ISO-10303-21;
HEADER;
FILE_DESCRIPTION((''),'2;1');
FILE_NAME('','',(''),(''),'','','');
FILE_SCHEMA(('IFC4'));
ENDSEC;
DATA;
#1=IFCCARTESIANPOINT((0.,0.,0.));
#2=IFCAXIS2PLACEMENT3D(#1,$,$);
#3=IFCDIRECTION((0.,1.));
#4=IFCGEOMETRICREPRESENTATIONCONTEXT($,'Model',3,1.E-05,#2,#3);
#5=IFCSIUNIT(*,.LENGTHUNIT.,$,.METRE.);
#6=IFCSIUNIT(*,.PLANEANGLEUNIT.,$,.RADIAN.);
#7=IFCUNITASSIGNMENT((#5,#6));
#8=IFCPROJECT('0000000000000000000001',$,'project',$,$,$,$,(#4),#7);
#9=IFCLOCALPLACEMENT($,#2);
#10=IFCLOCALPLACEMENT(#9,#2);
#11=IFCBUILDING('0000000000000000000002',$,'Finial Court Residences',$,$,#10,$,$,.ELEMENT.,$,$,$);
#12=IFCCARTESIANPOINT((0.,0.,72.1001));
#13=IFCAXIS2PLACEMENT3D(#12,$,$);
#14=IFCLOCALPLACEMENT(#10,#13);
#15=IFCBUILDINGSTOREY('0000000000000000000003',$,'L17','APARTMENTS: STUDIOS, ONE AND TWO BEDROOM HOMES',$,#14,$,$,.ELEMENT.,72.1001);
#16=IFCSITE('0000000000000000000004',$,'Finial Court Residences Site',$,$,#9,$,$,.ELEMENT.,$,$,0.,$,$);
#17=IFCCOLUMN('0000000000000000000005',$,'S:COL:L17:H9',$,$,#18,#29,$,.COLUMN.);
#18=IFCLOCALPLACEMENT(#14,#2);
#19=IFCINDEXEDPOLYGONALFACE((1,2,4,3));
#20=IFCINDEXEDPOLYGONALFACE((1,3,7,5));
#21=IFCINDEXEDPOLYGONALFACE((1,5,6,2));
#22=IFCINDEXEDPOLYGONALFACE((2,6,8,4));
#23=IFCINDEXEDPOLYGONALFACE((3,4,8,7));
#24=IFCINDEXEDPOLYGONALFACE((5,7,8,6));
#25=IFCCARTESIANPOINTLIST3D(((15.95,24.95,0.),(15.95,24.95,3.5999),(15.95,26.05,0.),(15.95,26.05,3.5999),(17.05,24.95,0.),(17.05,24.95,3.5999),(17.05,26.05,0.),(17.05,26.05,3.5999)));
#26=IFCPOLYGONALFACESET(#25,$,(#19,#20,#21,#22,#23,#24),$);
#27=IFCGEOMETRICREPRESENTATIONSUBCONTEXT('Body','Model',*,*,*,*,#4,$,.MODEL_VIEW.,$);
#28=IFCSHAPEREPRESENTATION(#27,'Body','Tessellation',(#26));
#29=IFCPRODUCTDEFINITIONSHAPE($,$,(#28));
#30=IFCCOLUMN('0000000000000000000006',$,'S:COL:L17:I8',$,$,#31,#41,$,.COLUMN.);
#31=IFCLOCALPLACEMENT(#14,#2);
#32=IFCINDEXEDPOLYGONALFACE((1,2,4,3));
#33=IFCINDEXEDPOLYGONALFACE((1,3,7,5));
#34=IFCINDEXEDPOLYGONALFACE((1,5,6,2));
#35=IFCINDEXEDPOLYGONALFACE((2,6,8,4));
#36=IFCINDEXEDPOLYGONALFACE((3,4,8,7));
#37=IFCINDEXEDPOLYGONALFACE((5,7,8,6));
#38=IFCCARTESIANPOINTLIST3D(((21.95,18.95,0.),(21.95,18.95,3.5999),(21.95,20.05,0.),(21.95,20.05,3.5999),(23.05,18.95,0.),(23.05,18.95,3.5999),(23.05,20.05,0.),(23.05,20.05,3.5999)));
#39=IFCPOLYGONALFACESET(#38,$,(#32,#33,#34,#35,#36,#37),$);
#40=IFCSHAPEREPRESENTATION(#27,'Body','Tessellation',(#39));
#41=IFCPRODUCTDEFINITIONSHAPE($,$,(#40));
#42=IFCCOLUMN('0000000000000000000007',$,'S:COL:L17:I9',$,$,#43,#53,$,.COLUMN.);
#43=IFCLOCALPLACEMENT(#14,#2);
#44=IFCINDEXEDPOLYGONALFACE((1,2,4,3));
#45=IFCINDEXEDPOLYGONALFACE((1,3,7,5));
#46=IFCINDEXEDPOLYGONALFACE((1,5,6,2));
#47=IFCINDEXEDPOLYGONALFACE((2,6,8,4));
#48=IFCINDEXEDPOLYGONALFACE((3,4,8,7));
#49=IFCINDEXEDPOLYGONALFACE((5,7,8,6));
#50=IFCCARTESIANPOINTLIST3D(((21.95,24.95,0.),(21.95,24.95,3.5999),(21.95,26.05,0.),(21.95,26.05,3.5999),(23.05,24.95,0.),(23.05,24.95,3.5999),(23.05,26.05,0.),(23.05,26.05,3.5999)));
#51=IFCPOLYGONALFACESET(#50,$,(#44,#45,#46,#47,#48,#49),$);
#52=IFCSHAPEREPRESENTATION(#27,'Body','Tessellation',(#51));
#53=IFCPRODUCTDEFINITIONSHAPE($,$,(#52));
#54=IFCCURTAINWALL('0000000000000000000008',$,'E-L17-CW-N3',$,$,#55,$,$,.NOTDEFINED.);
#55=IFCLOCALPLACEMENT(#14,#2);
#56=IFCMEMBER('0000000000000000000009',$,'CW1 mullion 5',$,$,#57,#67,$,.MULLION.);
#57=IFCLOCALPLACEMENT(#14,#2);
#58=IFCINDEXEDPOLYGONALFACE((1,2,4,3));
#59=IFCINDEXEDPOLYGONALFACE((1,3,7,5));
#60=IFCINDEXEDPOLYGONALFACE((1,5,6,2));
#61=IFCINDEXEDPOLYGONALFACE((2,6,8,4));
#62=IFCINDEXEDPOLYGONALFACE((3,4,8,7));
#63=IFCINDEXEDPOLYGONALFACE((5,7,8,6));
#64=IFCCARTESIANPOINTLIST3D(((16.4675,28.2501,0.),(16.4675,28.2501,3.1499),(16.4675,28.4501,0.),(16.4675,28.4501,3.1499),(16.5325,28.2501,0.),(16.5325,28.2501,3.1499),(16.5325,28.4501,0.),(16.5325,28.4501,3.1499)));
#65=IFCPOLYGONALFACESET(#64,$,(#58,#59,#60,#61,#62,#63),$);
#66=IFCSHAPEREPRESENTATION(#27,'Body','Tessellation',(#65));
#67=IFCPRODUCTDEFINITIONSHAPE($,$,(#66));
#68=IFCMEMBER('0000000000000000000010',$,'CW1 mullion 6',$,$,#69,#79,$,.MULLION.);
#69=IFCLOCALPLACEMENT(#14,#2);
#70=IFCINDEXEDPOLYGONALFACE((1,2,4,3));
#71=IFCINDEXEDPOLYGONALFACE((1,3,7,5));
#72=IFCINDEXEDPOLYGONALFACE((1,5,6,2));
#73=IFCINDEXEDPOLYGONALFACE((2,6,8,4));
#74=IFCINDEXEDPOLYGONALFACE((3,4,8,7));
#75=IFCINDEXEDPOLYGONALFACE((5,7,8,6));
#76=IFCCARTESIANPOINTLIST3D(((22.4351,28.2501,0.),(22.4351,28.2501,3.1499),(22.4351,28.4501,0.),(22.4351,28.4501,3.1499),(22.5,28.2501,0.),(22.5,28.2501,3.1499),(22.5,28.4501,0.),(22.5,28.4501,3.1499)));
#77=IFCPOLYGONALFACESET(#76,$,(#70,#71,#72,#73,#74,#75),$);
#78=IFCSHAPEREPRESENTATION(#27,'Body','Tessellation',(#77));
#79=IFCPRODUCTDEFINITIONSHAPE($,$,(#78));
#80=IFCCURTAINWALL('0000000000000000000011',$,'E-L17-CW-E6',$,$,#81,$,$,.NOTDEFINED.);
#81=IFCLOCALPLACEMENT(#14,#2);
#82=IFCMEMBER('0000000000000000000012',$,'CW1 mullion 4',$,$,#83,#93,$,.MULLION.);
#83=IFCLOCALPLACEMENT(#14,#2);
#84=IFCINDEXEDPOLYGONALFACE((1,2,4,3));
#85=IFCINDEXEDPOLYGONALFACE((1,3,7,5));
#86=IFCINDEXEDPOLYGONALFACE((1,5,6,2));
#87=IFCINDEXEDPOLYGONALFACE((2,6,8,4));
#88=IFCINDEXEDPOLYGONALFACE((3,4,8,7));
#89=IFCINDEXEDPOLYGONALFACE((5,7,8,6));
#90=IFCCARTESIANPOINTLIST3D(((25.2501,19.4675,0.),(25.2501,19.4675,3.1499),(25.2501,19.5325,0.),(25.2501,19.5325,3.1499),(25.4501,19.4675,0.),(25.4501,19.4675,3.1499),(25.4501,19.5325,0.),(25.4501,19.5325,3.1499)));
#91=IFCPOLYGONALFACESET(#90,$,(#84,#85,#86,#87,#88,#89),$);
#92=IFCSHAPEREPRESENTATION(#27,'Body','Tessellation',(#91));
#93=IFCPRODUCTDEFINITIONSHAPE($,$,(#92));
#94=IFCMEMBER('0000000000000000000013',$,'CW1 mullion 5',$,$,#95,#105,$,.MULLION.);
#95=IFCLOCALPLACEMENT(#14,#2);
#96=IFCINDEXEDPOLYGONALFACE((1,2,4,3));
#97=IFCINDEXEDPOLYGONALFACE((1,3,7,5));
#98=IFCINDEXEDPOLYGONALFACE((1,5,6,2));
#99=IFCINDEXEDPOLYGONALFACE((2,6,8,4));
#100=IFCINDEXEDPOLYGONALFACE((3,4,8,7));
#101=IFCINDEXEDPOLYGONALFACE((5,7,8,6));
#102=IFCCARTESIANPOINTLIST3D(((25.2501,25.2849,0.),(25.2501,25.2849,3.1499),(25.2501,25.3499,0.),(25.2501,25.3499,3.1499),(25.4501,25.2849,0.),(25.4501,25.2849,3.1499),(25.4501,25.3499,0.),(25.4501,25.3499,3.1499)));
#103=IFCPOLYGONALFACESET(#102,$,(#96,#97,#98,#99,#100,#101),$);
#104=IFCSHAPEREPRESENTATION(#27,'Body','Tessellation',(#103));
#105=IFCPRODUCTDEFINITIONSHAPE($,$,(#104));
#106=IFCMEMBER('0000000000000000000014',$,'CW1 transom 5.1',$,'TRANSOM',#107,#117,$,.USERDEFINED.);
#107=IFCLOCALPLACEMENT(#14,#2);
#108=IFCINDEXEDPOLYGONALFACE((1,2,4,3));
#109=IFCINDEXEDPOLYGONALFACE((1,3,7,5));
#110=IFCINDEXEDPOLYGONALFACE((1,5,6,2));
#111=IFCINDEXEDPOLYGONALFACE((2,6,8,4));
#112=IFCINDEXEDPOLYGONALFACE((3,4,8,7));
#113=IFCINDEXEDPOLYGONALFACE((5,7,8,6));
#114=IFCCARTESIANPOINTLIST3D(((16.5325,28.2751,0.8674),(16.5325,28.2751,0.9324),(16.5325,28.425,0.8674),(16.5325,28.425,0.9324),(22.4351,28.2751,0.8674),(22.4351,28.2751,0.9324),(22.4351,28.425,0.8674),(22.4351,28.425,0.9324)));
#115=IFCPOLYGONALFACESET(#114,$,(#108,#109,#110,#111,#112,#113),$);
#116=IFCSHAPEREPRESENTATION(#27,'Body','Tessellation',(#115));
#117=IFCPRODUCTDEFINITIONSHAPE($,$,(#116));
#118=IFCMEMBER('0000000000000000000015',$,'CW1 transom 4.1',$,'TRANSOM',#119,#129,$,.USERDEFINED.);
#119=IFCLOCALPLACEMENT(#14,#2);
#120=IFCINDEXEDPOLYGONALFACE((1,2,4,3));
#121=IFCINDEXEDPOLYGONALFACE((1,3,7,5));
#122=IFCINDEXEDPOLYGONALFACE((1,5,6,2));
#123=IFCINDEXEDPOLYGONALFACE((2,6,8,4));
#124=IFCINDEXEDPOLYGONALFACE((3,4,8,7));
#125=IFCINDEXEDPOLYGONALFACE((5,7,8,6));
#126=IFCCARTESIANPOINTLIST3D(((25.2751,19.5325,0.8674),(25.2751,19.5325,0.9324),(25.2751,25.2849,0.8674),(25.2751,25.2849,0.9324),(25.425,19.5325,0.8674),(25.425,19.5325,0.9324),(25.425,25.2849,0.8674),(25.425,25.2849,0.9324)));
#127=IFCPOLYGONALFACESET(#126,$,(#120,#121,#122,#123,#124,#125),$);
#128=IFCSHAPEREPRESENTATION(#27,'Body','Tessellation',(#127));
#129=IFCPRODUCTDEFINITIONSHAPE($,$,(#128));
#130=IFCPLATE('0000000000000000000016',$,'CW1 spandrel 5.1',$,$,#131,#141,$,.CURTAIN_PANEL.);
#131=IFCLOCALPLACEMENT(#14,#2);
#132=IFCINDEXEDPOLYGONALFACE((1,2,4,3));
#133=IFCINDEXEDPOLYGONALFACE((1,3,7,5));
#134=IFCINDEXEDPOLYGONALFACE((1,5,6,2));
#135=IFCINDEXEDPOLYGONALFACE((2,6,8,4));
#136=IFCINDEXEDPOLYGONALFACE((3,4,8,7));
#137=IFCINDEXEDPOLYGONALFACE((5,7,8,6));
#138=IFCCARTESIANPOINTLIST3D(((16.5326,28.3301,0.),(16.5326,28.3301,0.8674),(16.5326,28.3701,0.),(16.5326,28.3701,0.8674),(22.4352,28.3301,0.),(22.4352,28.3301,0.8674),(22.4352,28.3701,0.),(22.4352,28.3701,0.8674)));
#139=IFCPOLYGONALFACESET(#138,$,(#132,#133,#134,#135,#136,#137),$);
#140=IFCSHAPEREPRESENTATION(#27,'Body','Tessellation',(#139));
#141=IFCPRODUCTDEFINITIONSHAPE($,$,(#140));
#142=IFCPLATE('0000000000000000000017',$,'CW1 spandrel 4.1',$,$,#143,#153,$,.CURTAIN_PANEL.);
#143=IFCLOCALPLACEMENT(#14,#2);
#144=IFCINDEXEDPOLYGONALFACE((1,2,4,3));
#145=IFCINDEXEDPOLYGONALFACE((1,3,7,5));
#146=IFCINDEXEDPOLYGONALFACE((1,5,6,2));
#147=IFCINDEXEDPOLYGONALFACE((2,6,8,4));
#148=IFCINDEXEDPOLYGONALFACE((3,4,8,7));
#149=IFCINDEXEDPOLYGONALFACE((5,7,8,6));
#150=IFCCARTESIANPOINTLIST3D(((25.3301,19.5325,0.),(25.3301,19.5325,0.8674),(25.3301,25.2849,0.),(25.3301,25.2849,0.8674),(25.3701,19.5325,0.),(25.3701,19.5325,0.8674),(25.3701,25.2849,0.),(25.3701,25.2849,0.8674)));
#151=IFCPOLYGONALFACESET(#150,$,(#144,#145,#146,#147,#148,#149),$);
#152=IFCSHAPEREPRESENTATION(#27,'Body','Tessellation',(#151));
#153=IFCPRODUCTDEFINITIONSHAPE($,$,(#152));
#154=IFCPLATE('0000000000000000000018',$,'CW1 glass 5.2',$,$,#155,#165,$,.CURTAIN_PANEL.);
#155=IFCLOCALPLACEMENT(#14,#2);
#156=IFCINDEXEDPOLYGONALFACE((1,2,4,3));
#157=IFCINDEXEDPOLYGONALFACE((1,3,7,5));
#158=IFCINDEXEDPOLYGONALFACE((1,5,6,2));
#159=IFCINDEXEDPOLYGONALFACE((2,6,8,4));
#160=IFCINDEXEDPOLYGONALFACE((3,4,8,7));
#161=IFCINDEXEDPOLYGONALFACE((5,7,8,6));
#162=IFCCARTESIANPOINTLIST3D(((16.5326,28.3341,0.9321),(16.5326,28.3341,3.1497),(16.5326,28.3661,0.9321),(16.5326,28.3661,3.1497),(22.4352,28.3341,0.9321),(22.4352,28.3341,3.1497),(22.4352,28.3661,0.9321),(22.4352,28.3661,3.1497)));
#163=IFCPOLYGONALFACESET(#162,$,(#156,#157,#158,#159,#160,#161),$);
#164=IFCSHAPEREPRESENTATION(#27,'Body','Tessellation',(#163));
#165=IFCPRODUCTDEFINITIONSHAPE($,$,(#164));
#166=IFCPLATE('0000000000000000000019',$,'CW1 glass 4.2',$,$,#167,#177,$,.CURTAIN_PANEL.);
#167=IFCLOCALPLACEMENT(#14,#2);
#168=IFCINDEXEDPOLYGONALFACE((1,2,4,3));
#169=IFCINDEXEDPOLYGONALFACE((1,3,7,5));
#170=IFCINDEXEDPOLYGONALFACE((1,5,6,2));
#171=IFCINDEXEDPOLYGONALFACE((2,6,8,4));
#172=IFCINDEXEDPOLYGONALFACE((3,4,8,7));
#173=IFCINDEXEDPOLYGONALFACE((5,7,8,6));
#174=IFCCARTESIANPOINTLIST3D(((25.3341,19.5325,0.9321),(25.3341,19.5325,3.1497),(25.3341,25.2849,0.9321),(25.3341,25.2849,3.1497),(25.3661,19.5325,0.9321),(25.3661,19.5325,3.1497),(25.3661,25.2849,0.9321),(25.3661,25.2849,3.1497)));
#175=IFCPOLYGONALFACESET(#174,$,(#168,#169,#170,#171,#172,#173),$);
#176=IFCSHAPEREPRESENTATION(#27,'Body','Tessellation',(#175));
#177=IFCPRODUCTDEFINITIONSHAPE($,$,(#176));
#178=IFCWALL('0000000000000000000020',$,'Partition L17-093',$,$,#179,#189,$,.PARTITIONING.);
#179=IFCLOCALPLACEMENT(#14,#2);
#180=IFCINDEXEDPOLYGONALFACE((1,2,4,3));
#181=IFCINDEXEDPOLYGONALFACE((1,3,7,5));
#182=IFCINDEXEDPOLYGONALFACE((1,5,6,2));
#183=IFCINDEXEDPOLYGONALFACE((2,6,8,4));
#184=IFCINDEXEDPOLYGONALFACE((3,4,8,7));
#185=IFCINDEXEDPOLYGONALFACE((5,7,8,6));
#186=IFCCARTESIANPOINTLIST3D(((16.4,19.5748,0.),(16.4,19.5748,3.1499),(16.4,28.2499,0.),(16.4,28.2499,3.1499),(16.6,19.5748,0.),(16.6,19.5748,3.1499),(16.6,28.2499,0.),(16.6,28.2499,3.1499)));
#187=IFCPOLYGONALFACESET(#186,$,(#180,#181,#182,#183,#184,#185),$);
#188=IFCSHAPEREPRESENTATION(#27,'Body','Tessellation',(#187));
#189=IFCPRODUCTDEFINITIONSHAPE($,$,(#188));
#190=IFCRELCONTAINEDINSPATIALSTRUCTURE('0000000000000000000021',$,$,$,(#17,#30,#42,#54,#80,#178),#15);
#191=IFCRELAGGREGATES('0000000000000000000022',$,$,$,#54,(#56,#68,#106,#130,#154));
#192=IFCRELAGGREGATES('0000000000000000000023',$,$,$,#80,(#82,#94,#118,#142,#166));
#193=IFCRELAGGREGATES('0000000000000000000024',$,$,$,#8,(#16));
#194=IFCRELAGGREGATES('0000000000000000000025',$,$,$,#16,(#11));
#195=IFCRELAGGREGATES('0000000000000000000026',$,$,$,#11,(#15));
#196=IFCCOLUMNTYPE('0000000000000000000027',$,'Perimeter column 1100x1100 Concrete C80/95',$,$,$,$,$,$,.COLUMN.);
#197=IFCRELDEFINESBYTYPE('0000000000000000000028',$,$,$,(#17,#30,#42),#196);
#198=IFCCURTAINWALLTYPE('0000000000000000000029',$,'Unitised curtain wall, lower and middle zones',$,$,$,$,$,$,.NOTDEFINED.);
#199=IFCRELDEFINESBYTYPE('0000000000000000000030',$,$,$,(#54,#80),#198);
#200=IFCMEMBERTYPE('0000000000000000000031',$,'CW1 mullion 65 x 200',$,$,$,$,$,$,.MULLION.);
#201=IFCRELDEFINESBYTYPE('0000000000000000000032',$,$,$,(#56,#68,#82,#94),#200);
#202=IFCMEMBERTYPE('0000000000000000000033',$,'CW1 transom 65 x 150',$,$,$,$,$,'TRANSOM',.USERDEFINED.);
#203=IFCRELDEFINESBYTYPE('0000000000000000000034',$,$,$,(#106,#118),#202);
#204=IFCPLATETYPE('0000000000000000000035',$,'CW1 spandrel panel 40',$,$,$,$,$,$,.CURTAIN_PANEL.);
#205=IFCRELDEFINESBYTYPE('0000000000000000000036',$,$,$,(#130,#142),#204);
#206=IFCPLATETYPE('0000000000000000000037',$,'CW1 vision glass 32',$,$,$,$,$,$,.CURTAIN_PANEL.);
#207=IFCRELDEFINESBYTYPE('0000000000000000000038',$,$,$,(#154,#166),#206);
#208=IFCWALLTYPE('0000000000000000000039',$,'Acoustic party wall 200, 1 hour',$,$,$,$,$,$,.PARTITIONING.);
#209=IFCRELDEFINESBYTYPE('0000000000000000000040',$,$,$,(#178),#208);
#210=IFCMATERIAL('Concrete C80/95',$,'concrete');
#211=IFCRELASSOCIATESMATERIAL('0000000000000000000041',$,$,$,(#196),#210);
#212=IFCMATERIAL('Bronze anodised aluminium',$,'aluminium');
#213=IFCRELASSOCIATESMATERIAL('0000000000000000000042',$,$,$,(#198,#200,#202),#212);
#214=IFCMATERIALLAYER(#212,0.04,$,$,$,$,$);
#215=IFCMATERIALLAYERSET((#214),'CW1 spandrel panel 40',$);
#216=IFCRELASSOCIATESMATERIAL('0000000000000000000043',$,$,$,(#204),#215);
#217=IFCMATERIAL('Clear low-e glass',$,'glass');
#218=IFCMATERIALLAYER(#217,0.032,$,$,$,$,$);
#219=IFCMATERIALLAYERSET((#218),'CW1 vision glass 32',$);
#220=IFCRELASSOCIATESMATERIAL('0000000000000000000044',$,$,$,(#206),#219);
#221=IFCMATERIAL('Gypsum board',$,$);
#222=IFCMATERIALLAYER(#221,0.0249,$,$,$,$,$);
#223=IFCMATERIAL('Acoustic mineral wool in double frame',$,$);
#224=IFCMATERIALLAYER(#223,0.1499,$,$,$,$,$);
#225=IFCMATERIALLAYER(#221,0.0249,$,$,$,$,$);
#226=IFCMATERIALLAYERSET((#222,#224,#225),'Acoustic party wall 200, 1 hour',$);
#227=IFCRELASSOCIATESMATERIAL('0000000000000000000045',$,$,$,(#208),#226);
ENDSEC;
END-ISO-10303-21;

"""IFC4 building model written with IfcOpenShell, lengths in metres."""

from ifc_helpers import new_model, si_unit, direction, frame, frame_2d, origin, origin_2d, place, context, subcontext, project, spatial, rectangle, extrude, material, layer, layer_set, material_profile, profile_set, type_object, element, aggregate, save


model = new_model("IFC4")

# Units and contexts
model_context = context("Model", 3, precision=1e-05, world=origin(), true_north=direction((0.0, 1.0)))
body_context = subcontext(model_context, "Body", "Model", "MODEL_VIEW")
ifc_project = project(units=[si_unit("LENGTHUNIT", "METRE"), si_unit("PLANEANGLEUNIT", "RADIAN")], contexts=[model_context])

# Site, building, storey
site_placement = place(None, origin())
site = spatial("IfcSite", under=ifc_project, at=site_placement, Name="Finial Court Residences Site", CompositionType="ELEMENT", RefElevation=0.0)
building_placement = place(site_placement, origin())
building = spatial("IfcBuilding", under=site, at=building_placement, Name="Finial Court Residences", CompositionType="ELEMENT")
storey_placement = place(building_placement, frame((0.0, 0.0, 72.1001)))
storey = spatial("IfcBuildingStorey", under=building, at=storey_placement, Name="L17", Description="APARTMENTS: STUDIOS, ONE AND TWO BEDROOM HOMES", CompositionType="ELEMENT", Elevation=72.1001)

# Columns
ifc_material_1 = material(Name="Concrete C80/95", Category="concrete")
ifc_material_profile_1 = material_profile(ifc_material_1, rectangle(XDim=1.1001, YDim=1.1001, at=origin_2d()), Name="1100x1100")
ifc_profile_set_1 = profile_set([ifc_material_profile_1], Name="Concrete C80/95")
column_type = type_object("IfcColumnType", Name="Perimeter column 1100x1100 Concrete C80/95", PredefinedType="COLUMN", material=ifc_profile_set_1)
for number, where, z_axis, x_axis, name in (
    (1, (16.5, 25.5, 0.0), (0.0, 0.0, 1.0), (1.0, 0.0, 0.0), "S:COL:L17:H9"),
    (2, (22.5, 19.5, 0.0), (0.0, 0.0, 1.0), (1.0, 0.0, 0.0), "S:COL:L17:I8"),
    (3, (22.5, 25.5, 0.0), (0.0, 0.0, 1.0), (1.0, 0.0, 0.0), "S:COL:L17:I9"),
):
    element("IfcColumn", number, at=place(storey_placement, frame(where, z_axis=z_axis, x_axis=x_axis)), inside=storey, type_object=column_type, Name=name, PredefinedType="COLUMN", context=body_context, shape_type="SweptSolid", body=[
        extrude(rectangle(XDim=1.1001, YDim=1.1001, at=origin_2d()), origin(), (0.0, 0.0, 1.0), 3.5999),
    ])

# Curtain walls, members
ifc_material_2 = material(Name="Bronze anodised aluminium", Category="aluminium")
curtain_wall_type = type_object("IfcCurtainWallType", Name="Unitised curtain wall, lower and middle zones", PredefinedType="NOTDEFINED", material=ifc_material_2)
curtain_wall_1_placement = place(storey_placement, origin())
curtain_wall_1 = element("IfcCurtainWall", 4, at=curtain_wall_1_placement, inside=storey, type_object=curtain_wall_type, Name="E-L17-CW-N3", PredefinedType="NOTDEFINED")
ifc_material_profile_2 = material_profile(ifc_material_2, rectangle(XDim=0.2, YDim=0.0649, at=origin_2d()), Name="CW1 mullion 65 x 200")
ifc_profile_set_2 = profile_set([ifc_material_profile_2], Name="Bronze anodised aluminium")
member_type_1 = type_object("IfcMemberType", Name="CW1 mullion 65 x 200", PredefinedType="MULLION", material=ifc_profile_set_2)
member_1_placement = place(storey_placement, frame((16.5, 28.3501, 0.0), z_axis=(0.0, 0.0, 1.0), x_axis=(0.0, 1.0, 0.0)))
member_1 = element("IfcMember", 5, at=member_1_placement, type_object=member_type_1, Name="CW1 mullion 5", PredefinedType="MULLION", context=body_context, shape_type="SweptSolid", body=[
    extrude(rectangle(XDim=0.2, YDim=0.0649, at=origin_2d()), origin(), (0.0, 0.0, 1.0), 3.1499),
])
member_2_placement = place(storey_placement, frame((22.4675, 28.3501, 0.0), z_axis=(0.0, 0.0, 1.0), x_axis=(0.0, 1.0, 0.0)))
member_2 = element("IfcMember", 6, at=member_2_placement, type_object=member_type_1, Name="CW1 mullion 6", PredefinedType="MULLION", context=body_context, shape_type="SweptSolid", body=[
    extrude(rectangle(XDim=0.2, YDim=0.0649, at=origin_2d()), origin(), (0.0, 0.0, 1.0), 3.1499),
])
curtain_wall_2_placement = place(storey_placement, origin())
curtain_wall_2 = element("IfcCurtainWall", 7, at=curtain_wall_2_placement, inside=storey, type_object=curtain_wall_type, Name="E-L17-CW-E6", PredefinedType="NOTDEFINED")
member_3_placement = place(storey_placement, frame((25.3501, 19.5, 0.0), z_axis=(0.0, 0.0, 1.0), x_axis=(-1.0, 0.0, 0.0)))
member_3 = element("IfcMember", 8, at=member_3_placement, type_object=member_type_1, Name="CW1 mullion 4", PredefinedType="MULLION", context=body_context, shape_type="SweptSolid", body=[
    extrude(rectangle(XDim=0.2, YDim=0.0649, at=origin_2d()), origin(), (0.0, 0.0, 1.0), 3.1499),
])
member_4_placement = place(storey_placement, frame((25.3501, 25.3174, 0.0), z_axis=(0.0, 0.0, 1.0), x_axis=(-1.0, 0.0, 0.0)))
member_4 = element("IfcMember", 9, at=member_4_placement, type_object=member_type_1, Name="CW1 mullion 5", PredefinedType="MULLION", context=body_context, shape_type="SweptSolid", body=[
    extrude(rectangle(XDim=0.2, YDim=0.0649, at=origin_2d()), origin(), (0.0, 0.0, 1.0), 3.1499),
])

# Members
ifc_material_profile_3 = material_profile(ifc_material_2, rectangle(XDim=0.1499, YDim=0.0649, at=origin_2d()), Name="CW1 transom 65 x 150")
ifc_profile_set_3 = profile_set([ifc_material_profile_3], Name="Bronze anodised aluminium")
member_type_2 = type_object("IfcMemberType", Name="CW1 transom 65 x 150", ElementType="TRANSOM", PredefinedType="USERDEFINED", material=ifc_profile_set_3)
member_5_placement = place(storey_placement, frame((16.5325, 28.3501, 0.8999), z_axis=(1.0, 0.0, 0.0), x_axis=(0.0, 1.0, 0.0)))
member_5 = element("IfcMember", 10, at=member_5_placement, type_object=member_type_2, Name="CW1 transom 5.1", ObjectType="TRANSOM", PredefinedType="USERDEFINED", context=body_context, shape_type="SweptSolid", body=[
    extrude(rectangle(XDim=0.1499, YDim=0.0649, at=origin_2d()), origin(), (0.0, 0.0, 1.0), 5.9026),
])
member_6_placement = place(storey_placement, frame((25.3501, 19.5325, 0.8999), z_axis=(0.0, 1.0, 0.0), x_axis=(-1.0, 0.0, 0.0)))
member_6 = element("IfcMember", 11, at=member_6_placement, type_object=member_type_2, Name="CW1 transom 4.1", ObjectType="TRANSOM", PredefinedType="USERDEFINED", context=body_context, shape_type="SweptSolid", body=[
    extrude(rectangle(XDim=0.1499, YDim=0.0649, at=origin_2d()), origin(), (0.0, 0.0, 1.0), 5.7524),
])

# Plates
ifc_layer_1 = layer(ifc_material_2, 0.04)
ifc_layer_set_1 = layer_set([ifc_layer_1], Name="CW1 spandrel panel 40")
plate_type_1 = type_object("IfcPlateType", Name="CW1 spandrel panel 40", PredefinedType="CURTAIN_PANEL", material=ifc_layer_set_1)
plate_1_placement = place(storey_placement, frame((19.4839, 28.3501, 0.0), z_axis=(0.0, 0.0, 1.0), x_axis=(1.0, 0.0, 0.0)))
plate_1 = element("IfcPlate", 12, at=plate_1_placement, type_object=plate_type_1, Name="CW1 spandrel 5.1", PredefinedType="CURTAIN_PANEL", context=body_context, shape_type="SweptSolid", body=[
    extrude(rectangle(XDim=5.9026, YDim=0.04, at=origin_2d()), origin(), (0.0, 0.0, 1.0), 0.8674),
])
plate_2_placement = place(storey_placement, frame((25.3501, 22.4087, 0.0), z_axis=(0.0, 0.0, 1.0), x_axis=(0.0, 1.0, 0.0)))
plate_2 = element("IfcPlate", 13, at=plate_2_placement, type_object=plate_type_1, Name="CW1 spandrel 4.1", PredefinedType="CURTAIN_PANEL", context=body_context, shape_type="SweptSolid", body=[
    extrude(rectangle(XDim=5.7524, YDim=0.04, at=origin_2d()), origin(), (0.0, 0.0, 1.0), 0.8674),
])
ifc_material_3 = material(Name="Clear low-e glass", Category="glass")
ifc_layer_2 = layer(ifc_material_3, 0.032)
ifc_layer_set_2 = layer_set([ifc_layer_2], Name="CW1 vision glass 32")
plate_type_2 = type_object("IfcPlateType", Name="CW1 vision glass 32", PredefinedType="CURTAIN_PANEL", material=ifc_layer_set_2)
plate_3_placement = place(storey_placement, frame((19.4839, 28.3501, 0.9321), z_axis=(0.0, 0.0, 1.0), x_axis=(1.0, 0.0, 0.0)))
plate_3 = element("IfcPlate", 14, at=plate_3_placement, type_object=plate_type_2, Name="CW1 glass 5.2", PredefinedType="CURTAIN_PANEL", context=body_context, shape_type="SweptSolid", body=[
    extrude(rectangle(XDim=5.9026, YDim=0.032, at=origin_2d()), origin(), (0.0, 0.0, 1.0), 2.2175),
])
aggregate(curtain_wall_1, [member_1, member_2, member_5, plate_1, plate_3])
plate_4_placement = place(storey_placement, frame((25.3501, 22.4087, 0.9321), z_axis=(0.0, 0.0, 1.0), x_axis=(0.0, 1.0, 0.0)))
plate_4 = element("IfcPlate", 15, at=plate_4_placement, type_object=plate_type_2, Name="CW1 glass 4.2", PredefinedType="CURTAIN_PANEL", context=body_context, shape_type="SweptSolid", body=[
    extrude(rectangle(XDim=5.7524, YDim=0.032, at=origin_2d()), origin(), (0.0, 0.0, 1.0), 2.2175),
])
aggregate(curtain_wall_2, [member_3, member_4, member_6, plate_2, plate_4])

# Wall
ifc_material_4 = material(Name="Gypsum board")
ifc_layer_3 = layer(ifc_material_4, 0.0249)
ifc_material_5 = material(Name="Acoustic mineral wool in double frame")
ifc_layer_4 = layer(ifc_material_5, 0.1499)
ifc_layer_5 = layer(ifc_material_4, 0.0249)
ifc_layer_set_3 = layer_set([ifc_layer_3, ifc_layer_4, ifc_layer_5], Name="Acoustic party wall 200, 1 hour")
wall_type_1 = type_object("IfcWallType", Name="Acoustic party wall 200, 1 hour", PredefinedType="PARTITIONING", material=ifc_layer_set_3)
wall_1_placement = place(storey_placement, frame((16.5, 19.575, 0.0), z_axis=(0.0, 0.0, 1.0), x_axis=(0.0, 1.0, 0.0)))
element("IfcWall", 16, at=wall_1_placement, inside=storey, type_object=wall_type_1, Name="Partition L17-093", PredefinedType="PARTITIONING", context=body_context, shape_type="SweptSolid", body=[
    extrude(rectangle(XDim=8.675, YDim=0.2, at=frame_2d((4.3374, 0.0))), origin(), (0.0, 0.0, 1.0), 3.1499),
])

save(model, "model.ifc")
